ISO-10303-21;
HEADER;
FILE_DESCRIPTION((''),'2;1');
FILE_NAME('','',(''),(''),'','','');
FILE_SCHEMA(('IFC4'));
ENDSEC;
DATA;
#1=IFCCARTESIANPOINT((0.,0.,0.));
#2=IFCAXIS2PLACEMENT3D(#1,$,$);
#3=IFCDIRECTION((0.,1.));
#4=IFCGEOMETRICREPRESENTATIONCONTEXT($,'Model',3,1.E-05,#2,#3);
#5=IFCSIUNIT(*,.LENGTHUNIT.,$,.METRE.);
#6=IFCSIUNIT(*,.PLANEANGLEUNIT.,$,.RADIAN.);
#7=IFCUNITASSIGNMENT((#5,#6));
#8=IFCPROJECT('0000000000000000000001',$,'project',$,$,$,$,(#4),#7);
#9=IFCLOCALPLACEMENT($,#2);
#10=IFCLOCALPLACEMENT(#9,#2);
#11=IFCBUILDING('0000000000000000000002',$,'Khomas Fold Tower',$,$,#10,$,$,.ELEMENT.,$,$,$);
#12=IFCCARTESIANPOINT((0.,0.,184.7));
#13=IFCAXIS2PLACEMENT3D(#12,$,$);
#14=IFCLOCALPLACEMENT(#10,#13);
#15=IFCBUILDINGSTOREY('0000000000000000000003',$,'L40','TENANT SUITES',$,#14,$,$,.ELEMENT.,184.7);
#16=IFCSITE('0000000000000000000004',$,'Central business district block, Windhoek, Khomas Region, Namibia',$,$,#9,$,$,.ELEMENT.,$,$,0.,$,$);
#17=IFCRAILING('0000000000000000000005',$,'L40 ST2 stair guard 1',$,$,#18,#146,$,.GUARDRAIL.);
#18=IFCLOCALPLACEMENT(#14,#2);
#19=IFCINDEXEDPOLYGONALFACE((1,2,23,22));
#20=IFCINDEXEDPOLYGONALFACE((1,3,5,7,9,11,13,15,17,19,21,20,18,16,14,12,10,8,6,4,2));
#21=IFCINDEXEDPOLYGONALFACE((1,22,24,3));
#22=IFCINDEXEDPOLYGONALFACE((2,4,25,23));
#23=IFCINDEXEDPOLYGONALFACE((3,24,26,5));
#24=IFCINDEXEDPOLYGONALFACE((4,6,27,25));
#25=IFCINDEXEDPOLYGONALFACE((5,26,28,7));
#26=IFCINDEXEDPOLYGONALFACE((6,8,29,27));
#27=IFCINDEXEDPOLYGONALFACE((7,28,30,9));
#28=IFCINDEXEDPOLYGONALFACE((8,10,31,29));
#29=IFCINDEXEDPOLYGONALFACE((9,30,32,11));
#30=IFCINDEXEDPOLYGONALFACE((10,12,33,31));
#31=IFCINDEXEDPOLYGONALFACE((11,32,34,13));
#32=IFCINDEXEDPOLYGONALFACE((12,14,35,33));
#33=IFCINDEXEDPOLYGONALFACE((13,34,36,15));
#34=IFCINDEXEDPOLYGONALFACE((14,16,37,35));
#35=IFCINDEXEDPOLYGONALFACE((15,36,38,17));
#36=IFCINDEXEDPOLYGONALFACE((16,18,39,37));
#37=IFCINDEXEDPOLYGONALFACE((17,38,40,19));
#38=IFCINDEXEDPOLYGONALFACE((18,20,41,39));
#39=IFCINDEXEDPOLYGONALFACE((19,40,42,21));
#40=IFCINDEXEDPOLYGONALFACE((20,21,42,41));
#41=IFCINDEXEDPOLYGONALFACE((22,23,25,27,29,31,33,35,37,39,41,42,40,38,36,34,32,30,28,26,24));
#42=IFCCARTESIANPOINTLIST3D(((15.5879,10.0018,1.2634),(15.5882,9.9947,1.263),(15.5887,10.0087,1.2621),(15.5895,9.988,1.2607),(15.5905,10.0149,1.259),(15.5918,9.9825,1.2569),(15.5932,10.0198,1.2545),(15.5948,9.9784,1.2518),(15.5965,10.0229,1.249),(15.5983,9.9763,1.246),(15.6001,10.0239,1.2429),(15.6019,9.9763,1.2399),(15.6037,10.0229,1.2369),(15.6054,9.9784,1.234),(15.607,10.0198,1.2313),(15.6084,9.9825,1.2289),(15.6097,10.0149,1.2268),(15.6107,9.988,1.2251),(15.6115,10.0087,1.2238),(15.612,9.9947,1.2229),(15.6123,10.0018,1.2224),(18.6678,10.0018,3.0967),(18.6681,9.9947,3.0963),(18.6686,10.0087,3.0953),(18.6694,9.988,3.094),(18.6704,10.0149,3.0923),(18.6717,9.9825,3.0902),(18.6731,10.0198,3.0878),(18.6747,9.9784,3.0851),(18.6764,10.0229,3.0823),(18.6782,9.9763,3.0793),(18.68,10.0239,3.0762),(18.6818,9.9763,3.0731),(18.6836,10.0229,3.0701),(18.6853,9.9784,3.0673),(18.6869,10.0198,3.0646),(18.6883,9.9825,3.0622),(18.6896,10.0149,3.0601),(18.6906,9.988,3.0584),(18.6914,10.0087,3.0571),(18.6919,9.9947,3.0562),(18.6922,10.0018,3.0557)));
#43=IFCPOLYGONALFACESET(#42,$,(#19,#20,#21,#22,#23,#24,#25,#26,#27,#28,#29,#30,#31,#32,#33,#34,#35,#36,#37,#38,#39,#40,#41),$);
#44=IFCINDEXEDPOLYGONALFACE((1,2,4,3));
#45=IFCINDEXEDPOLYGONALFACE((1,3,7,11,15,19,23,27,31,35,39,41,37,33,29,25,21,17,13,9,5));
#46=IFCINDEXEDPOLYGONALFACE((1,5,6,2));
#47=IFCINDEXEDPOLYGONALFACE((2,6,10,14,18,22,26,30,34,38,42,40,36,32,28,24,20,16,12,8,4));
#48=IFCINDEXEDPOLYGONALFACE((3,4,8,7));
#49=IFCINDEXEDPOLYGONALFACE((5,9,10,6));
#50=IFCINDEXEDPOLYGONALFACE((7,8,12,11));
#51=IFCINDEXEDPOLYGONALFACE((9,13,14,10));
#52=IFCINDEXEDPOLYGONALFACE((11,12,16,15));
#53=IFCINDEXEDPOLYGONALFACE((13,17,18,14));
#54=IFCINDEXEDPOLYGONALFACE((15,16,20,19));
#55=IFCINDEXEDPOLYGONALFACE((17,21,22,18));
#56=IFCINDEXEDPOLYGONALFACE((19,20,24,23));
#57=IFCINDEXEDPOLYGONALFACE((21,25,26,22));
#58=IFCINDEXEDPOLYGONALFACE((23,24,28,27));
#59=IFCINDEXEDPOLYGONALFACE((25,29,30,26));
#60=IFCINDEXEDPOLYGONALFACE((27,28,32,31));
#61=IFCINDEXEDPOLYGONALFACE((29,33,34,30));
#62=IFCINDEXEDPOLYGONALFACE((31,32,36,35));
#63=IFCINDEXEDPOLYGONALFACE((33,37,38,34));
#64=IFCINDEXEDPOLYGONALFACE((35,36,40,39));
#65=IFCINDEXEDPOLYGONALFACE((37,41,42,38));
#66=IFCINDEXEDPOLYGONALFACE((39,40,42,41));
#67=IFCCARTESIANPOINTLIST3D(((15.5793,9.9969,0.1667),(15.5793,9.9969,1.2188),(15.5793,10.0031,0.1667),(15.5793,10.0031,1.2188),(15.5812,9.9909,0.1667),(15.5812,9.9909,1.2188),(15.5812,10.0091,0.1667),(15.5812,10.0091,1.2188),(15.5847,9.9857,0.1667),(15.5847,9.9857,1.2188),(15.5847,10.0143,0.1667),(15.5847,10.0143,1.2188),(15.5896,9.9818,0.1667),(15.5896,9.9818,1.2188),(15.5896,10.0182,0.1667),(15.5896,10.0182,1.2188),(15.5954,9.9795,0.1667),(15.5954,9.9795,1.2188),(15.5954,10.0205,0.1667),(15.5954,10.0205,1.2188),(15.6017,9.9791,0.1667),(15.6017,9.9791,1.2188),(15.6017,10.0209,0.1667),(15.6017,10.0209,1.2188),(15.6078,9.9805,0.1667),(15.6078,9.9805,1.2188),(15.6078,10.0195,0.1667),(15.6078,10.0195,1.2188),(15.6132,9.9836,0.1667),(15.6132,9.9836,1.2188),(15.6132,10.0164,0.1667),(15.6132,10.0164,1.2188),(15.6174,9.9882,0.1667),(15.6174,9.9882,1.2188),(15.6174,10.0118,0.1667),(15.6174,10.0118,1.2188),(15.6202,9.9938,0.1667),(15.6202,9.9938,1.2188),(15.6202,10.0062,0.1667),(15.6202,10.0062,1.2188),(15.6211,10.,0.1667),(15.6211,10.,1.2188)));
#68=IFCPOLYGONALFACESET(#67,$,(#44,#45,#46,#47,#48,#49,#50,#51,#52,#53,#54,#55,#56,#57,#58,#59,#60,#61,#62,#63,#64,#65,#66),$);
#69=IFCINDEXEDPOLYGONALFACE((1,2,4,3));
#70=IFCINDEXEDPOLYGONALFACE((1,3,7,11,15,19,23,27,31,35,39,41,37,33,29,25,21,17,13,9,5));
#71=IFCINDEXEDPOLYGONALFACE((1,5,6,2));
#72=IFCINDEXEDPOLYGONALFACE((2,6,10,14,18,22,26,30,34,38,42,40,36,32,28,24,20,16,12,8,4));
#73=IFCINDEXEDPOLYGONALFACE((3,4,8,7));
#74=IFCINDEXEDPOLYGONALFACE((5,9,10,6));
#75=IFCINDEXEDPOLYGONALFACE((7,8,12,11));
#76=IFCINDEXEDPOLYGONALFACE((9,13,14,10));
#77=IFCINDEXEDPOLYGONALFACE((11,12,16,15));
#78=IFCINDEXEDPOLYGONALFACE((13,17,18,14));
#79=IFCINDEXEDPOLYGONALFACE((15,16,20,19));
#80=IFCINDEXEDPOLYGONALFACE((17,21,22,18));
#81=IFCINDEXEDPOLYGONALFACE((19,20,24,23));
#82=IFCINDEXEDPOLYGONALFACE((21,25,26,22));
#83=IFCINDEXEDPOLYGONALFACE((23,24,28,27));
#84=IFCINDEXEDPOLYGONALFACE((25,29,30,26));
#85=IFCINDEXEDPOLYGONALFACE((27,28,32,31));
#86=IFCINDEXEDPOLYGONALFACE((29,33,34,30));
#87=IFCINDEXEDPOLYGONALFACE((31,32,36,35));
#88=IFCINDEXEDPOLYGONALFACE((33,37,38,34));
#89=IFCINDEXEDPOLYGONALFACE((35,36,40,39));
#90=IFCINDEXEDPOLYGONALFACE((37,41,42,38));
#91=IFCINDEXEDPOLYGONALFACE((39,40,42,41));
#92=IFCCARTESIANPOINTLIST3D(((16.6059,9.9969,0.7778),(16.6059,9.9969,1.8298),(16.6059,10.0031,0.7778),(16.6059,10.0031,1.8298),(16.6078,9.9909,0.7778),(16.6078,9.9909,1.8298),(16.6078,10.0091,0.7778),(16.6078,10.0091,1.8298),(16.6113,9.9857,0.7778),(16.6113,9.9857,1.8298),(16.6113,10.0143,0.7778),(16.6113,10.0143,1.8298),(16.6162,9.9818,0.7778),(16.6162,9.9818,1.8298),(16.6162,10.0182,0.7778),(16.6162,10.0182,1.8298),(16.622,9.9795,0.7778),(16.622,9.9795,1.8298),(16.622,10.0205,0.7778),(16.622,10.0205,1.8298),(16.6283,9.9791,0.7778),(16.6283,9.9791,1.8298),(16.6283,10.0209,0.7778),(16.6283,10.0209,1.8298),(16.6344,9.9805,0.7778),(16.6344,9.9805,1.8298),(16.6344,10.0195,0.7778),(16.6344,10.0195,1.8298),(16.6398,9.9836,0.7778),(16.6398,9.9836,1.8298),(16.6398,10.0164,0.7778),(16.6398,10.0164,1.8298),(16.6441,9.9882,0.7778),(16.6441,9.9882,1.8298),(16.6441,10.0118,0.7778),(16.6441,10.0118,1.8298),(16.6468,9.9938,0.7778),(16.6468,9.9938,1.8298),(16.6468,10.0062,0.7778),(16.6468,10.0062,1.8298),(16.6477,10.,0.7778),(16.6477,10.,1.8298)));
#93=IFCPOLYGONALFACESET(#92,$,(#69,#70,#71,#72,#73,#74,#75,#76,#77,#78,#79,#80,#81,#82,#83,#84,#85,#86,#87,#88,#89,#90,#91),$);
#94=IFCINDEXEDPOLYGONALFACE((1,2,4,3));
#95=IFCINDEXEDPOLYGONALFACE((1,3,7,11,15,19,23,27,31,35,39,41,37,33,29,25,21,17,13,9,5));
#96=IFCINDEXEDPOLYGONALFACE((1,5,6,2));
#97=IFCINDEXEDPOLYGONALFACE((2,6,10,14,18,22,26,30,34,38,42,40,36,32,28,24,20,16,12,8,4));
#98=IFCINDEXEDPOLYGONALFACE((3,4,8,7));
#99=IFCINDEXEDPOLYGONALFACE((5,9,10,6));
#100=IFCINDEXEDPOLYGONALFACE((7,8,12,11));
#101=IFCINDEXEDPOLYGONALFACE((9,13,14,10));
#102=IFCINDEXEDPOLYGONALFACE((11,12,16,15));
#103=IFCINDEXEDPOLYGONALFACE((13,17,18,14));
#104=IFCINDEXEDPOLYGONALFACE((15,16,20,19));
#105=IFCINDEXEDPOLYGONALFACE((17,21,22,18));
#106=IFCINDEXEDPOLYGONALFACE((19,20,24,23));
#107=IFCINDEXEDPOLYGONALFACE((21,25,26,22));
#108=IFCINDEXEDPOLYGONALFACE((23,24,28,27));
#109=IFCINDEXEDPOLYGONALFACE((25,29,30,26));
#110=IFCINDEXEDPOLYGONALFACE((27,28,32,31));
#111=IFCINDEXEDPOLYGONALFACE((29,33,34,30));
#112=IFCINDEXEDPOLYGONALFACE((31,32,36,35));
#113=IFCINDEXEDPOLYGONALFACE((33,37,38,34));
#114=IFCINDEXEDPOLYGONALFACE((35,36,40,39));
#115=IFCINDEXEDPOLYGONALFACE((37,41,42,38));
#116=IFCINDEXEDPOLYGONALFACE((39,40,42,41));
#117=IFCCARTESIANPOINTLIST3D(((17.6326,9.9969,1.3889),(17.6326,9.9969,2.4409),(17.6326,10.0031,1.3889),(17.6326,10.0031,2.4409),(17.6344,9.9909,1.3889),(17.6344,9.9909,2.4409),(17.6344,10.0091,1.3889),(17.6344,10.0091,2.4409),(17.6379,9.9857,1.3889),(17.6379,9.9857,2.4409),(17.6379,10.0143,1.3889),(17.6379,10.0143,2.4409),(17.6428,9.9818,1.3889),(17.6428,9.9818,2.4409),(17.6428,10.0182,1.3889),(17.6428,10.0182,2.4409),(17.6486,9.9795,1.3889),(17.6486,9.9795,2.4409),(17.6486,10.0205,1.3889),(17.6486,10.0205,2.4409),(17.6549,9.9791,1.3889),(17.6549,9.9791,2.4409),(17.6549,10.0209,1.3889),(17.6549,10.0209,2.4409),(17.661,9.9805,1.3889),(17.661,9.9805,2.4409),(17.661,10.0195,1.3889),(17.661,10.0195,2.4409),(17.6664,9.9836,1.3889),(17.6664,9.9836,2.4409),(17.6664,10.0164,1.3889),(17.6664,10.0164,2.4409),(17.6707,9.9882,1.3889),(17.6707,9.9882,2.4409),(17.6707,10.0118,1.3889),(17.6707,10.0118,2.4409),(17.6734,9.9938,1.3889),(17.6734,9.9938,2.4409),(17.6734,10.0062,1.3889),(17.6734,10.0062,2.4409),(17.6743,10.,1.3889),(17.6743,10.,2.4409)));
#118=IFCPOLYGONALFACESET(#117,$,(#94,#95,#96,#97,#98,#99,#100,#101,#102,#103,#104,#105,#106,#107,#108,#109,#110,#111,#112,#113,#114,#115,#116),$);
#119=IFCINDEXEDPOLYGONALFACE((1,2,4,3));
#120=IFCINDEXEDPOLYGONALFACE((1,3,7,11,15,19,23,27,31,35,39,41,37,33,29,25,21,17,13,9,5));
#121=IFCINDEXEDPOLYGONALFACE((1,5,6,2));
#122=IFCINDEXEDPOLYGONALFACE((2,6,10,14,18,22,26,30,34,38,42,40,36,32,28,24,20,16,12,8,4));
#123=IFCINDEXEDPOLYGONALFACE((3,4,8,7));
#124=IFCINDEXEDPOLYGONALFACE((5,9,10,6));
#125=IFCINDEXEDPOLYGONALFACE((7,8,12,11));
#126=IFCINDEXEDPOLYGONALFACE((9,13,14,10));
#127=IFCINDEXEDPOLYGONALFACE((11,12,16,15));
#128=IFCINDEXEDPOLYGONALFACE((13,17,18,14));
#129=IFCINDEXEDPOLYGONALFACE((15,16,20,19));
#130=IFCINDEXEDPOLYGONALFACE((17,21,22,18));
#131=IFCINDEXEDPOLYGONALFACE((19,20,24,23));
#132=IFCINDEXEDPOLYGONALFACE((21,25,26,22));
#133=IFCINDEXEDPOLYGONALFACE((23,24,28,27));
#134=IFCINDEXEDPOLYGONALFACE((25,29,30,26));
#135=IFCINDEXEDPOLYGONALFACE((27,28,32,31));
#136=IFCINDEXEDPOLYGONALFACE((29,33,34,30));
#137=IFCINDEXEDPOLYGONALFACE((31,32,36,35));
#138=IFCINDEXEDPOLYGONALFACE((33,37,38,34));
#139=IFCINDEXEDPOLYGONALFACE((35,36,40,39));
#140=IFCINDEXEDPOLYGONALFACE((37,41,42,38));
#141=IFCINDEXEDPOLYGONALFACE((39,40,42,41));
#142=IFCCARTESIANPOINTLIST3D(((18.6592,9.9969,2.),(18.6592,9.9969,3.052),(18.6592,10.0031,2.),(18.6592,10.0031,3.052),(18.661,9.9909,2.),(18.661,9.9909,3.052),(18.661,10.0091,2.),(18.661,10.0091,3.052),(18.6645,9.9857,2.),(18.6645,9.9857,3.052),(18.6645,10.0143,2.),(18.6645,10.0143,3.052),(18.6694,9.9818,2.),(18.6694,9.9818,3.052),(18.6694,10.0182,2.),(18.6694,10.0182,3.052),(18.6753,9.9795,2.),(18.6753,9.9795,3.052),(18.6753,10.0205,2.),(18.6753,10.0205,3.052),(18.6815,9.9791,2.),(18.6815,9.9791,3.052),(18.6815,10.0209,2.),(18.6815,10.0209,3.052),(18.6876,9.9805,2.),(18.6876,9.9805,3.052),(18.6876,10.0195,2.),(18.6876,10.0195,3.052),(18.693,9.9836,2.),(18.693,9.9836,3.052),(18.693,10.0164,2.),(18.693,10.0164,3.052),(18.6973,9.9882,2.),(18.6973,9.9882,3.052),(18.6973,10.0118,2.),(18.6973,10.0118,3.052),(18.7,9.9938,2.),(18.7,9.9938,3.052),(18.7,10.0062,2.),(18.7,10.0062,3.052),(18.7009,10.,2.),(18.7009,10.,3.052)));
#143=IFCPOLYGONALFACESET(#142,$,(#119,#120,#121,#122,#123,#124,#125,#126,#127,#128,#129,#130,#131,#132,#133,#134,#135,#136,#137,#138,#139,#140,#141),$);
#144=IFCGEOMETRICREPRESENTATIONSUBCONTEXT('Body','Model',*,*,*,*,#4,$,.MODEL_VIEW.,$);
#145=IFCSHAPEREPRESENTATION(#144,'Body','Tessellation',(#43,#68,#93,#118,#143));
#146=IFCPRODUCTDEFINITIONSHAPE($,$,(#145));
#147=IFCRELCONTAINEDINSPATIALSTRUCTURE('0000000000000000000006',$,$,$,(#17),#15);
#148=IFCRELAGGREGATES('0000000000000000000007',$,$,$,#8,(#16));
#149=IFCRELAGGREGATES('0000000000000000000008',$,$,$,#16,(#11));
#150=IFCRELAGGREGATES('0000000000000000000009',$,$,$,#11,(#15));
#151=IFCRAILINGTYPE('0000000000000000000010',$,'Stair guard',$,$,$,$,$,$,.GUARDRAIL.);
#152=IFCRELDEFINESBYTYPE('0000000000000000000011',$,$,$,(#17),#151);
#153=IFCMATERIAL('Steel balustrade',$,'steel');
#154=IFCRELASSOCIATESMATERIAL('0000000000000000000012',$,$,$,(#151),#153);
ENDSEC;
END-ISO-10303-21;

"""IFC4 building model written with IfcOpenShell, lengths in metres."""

from ifc_helpers import new_model, si_unit, direction, frame, origin, origin_2d, place, context, subcontext, project, spatial, circle, extrude, source, transform, mapped, material, type_object, element, save


model = new_model("IFC4")

# Units and contexts
model_context = context("Model", 3, precision=1e-05, world=origin(), true_north=direction((0.0, 1.0)))
body_context = subcontext(model_context, "Body", "Model", "MODEL_VIEW")
ifc_project = project(units=[si_unit("LENGTHUNIT", "METRE"), si_unit("PLANEANGLEUNIT", "RADIAN")], contexts=[model_context])

# Site, building, storey
site_placement = place(None, origin())
site = spatial("IfcSite", under=ifc_project, at=site_placement, Name="Central business district block, Windhoek, Khomas Region, Namibia", CompositionType="ELEMENT", RefElevation=0.0)
building_placement = place(site_placement, origin())
building = spatial("IfcBuilding", under=site, at=building_placement, Name="Khomas Fold Tower", CompositionType="ELEMENT")
storey_placement = place(building_placement, frame((0.0, 0.0, 184.7)))
storey = spatial("IfcBuildingStorey", under=building, at=storey_placement, Name="L40", Description="TENANT SUITES", CompositionType="ELEMENT", Elevation=184.7)

# Railing
ifc_material_1 = material(Name="Steel balustrade", Category="steel")
railing_type_1 = type_object("IfcRailingType", Name="Stair guard", PredefinedType="GUARDRAIL", material=ifc_material_1)
shared_shape_1 = source(origin(), body_context, "Body", "SweptSolid", [
    extrude(circle(Radius=0.0239, at=origin_2d()), frame((0.0, 0.0, 1.0762), z_axis=(0.859291, 0.0, 0.511487), x_axis=(0.0, 1.0, 0.0)), (0.0, 0.0, 1.0), 3.5842),
    extrude(circle(Radius=0.021, at=origin_2d()), origin(), (0.0, 0.0, 1.0), 1.052),
    extrude(circle(Radius=0.021, at=origin_2d()), frame((1.0266, 0.0, 0.6111)), (0.0, 0.0, 1.0), 1.052),
    extrude(circle(Radius=0.021, at=origin_2d()), frame((2.0532, 0.0, 1.2222)), (0.0, 0.0, 1.0), 1.052),
    extrude(circle(Radius=0.021, at=origin_2d()), frame((3.0798, 0.0, 1.8333)), (0.0, 0.0, 1.0), 1.052),
])
railing_1_placement = place(storey_placement, frame((15.6001, 10.0, 0.1667)))
element("IfcRailing", 1, at=railing_1_placement, inside=storey, type_object=railing_type_1, Name="L40 ST2 stair guard 1", PredefinedType="GUARDRAIL", context=body_context, shape_type="MappedRepresentation", body=[
    mapped(shared_shape_1, transform((0.0, 0.0, 0.0))),
])

save(model, "model.ifc")
